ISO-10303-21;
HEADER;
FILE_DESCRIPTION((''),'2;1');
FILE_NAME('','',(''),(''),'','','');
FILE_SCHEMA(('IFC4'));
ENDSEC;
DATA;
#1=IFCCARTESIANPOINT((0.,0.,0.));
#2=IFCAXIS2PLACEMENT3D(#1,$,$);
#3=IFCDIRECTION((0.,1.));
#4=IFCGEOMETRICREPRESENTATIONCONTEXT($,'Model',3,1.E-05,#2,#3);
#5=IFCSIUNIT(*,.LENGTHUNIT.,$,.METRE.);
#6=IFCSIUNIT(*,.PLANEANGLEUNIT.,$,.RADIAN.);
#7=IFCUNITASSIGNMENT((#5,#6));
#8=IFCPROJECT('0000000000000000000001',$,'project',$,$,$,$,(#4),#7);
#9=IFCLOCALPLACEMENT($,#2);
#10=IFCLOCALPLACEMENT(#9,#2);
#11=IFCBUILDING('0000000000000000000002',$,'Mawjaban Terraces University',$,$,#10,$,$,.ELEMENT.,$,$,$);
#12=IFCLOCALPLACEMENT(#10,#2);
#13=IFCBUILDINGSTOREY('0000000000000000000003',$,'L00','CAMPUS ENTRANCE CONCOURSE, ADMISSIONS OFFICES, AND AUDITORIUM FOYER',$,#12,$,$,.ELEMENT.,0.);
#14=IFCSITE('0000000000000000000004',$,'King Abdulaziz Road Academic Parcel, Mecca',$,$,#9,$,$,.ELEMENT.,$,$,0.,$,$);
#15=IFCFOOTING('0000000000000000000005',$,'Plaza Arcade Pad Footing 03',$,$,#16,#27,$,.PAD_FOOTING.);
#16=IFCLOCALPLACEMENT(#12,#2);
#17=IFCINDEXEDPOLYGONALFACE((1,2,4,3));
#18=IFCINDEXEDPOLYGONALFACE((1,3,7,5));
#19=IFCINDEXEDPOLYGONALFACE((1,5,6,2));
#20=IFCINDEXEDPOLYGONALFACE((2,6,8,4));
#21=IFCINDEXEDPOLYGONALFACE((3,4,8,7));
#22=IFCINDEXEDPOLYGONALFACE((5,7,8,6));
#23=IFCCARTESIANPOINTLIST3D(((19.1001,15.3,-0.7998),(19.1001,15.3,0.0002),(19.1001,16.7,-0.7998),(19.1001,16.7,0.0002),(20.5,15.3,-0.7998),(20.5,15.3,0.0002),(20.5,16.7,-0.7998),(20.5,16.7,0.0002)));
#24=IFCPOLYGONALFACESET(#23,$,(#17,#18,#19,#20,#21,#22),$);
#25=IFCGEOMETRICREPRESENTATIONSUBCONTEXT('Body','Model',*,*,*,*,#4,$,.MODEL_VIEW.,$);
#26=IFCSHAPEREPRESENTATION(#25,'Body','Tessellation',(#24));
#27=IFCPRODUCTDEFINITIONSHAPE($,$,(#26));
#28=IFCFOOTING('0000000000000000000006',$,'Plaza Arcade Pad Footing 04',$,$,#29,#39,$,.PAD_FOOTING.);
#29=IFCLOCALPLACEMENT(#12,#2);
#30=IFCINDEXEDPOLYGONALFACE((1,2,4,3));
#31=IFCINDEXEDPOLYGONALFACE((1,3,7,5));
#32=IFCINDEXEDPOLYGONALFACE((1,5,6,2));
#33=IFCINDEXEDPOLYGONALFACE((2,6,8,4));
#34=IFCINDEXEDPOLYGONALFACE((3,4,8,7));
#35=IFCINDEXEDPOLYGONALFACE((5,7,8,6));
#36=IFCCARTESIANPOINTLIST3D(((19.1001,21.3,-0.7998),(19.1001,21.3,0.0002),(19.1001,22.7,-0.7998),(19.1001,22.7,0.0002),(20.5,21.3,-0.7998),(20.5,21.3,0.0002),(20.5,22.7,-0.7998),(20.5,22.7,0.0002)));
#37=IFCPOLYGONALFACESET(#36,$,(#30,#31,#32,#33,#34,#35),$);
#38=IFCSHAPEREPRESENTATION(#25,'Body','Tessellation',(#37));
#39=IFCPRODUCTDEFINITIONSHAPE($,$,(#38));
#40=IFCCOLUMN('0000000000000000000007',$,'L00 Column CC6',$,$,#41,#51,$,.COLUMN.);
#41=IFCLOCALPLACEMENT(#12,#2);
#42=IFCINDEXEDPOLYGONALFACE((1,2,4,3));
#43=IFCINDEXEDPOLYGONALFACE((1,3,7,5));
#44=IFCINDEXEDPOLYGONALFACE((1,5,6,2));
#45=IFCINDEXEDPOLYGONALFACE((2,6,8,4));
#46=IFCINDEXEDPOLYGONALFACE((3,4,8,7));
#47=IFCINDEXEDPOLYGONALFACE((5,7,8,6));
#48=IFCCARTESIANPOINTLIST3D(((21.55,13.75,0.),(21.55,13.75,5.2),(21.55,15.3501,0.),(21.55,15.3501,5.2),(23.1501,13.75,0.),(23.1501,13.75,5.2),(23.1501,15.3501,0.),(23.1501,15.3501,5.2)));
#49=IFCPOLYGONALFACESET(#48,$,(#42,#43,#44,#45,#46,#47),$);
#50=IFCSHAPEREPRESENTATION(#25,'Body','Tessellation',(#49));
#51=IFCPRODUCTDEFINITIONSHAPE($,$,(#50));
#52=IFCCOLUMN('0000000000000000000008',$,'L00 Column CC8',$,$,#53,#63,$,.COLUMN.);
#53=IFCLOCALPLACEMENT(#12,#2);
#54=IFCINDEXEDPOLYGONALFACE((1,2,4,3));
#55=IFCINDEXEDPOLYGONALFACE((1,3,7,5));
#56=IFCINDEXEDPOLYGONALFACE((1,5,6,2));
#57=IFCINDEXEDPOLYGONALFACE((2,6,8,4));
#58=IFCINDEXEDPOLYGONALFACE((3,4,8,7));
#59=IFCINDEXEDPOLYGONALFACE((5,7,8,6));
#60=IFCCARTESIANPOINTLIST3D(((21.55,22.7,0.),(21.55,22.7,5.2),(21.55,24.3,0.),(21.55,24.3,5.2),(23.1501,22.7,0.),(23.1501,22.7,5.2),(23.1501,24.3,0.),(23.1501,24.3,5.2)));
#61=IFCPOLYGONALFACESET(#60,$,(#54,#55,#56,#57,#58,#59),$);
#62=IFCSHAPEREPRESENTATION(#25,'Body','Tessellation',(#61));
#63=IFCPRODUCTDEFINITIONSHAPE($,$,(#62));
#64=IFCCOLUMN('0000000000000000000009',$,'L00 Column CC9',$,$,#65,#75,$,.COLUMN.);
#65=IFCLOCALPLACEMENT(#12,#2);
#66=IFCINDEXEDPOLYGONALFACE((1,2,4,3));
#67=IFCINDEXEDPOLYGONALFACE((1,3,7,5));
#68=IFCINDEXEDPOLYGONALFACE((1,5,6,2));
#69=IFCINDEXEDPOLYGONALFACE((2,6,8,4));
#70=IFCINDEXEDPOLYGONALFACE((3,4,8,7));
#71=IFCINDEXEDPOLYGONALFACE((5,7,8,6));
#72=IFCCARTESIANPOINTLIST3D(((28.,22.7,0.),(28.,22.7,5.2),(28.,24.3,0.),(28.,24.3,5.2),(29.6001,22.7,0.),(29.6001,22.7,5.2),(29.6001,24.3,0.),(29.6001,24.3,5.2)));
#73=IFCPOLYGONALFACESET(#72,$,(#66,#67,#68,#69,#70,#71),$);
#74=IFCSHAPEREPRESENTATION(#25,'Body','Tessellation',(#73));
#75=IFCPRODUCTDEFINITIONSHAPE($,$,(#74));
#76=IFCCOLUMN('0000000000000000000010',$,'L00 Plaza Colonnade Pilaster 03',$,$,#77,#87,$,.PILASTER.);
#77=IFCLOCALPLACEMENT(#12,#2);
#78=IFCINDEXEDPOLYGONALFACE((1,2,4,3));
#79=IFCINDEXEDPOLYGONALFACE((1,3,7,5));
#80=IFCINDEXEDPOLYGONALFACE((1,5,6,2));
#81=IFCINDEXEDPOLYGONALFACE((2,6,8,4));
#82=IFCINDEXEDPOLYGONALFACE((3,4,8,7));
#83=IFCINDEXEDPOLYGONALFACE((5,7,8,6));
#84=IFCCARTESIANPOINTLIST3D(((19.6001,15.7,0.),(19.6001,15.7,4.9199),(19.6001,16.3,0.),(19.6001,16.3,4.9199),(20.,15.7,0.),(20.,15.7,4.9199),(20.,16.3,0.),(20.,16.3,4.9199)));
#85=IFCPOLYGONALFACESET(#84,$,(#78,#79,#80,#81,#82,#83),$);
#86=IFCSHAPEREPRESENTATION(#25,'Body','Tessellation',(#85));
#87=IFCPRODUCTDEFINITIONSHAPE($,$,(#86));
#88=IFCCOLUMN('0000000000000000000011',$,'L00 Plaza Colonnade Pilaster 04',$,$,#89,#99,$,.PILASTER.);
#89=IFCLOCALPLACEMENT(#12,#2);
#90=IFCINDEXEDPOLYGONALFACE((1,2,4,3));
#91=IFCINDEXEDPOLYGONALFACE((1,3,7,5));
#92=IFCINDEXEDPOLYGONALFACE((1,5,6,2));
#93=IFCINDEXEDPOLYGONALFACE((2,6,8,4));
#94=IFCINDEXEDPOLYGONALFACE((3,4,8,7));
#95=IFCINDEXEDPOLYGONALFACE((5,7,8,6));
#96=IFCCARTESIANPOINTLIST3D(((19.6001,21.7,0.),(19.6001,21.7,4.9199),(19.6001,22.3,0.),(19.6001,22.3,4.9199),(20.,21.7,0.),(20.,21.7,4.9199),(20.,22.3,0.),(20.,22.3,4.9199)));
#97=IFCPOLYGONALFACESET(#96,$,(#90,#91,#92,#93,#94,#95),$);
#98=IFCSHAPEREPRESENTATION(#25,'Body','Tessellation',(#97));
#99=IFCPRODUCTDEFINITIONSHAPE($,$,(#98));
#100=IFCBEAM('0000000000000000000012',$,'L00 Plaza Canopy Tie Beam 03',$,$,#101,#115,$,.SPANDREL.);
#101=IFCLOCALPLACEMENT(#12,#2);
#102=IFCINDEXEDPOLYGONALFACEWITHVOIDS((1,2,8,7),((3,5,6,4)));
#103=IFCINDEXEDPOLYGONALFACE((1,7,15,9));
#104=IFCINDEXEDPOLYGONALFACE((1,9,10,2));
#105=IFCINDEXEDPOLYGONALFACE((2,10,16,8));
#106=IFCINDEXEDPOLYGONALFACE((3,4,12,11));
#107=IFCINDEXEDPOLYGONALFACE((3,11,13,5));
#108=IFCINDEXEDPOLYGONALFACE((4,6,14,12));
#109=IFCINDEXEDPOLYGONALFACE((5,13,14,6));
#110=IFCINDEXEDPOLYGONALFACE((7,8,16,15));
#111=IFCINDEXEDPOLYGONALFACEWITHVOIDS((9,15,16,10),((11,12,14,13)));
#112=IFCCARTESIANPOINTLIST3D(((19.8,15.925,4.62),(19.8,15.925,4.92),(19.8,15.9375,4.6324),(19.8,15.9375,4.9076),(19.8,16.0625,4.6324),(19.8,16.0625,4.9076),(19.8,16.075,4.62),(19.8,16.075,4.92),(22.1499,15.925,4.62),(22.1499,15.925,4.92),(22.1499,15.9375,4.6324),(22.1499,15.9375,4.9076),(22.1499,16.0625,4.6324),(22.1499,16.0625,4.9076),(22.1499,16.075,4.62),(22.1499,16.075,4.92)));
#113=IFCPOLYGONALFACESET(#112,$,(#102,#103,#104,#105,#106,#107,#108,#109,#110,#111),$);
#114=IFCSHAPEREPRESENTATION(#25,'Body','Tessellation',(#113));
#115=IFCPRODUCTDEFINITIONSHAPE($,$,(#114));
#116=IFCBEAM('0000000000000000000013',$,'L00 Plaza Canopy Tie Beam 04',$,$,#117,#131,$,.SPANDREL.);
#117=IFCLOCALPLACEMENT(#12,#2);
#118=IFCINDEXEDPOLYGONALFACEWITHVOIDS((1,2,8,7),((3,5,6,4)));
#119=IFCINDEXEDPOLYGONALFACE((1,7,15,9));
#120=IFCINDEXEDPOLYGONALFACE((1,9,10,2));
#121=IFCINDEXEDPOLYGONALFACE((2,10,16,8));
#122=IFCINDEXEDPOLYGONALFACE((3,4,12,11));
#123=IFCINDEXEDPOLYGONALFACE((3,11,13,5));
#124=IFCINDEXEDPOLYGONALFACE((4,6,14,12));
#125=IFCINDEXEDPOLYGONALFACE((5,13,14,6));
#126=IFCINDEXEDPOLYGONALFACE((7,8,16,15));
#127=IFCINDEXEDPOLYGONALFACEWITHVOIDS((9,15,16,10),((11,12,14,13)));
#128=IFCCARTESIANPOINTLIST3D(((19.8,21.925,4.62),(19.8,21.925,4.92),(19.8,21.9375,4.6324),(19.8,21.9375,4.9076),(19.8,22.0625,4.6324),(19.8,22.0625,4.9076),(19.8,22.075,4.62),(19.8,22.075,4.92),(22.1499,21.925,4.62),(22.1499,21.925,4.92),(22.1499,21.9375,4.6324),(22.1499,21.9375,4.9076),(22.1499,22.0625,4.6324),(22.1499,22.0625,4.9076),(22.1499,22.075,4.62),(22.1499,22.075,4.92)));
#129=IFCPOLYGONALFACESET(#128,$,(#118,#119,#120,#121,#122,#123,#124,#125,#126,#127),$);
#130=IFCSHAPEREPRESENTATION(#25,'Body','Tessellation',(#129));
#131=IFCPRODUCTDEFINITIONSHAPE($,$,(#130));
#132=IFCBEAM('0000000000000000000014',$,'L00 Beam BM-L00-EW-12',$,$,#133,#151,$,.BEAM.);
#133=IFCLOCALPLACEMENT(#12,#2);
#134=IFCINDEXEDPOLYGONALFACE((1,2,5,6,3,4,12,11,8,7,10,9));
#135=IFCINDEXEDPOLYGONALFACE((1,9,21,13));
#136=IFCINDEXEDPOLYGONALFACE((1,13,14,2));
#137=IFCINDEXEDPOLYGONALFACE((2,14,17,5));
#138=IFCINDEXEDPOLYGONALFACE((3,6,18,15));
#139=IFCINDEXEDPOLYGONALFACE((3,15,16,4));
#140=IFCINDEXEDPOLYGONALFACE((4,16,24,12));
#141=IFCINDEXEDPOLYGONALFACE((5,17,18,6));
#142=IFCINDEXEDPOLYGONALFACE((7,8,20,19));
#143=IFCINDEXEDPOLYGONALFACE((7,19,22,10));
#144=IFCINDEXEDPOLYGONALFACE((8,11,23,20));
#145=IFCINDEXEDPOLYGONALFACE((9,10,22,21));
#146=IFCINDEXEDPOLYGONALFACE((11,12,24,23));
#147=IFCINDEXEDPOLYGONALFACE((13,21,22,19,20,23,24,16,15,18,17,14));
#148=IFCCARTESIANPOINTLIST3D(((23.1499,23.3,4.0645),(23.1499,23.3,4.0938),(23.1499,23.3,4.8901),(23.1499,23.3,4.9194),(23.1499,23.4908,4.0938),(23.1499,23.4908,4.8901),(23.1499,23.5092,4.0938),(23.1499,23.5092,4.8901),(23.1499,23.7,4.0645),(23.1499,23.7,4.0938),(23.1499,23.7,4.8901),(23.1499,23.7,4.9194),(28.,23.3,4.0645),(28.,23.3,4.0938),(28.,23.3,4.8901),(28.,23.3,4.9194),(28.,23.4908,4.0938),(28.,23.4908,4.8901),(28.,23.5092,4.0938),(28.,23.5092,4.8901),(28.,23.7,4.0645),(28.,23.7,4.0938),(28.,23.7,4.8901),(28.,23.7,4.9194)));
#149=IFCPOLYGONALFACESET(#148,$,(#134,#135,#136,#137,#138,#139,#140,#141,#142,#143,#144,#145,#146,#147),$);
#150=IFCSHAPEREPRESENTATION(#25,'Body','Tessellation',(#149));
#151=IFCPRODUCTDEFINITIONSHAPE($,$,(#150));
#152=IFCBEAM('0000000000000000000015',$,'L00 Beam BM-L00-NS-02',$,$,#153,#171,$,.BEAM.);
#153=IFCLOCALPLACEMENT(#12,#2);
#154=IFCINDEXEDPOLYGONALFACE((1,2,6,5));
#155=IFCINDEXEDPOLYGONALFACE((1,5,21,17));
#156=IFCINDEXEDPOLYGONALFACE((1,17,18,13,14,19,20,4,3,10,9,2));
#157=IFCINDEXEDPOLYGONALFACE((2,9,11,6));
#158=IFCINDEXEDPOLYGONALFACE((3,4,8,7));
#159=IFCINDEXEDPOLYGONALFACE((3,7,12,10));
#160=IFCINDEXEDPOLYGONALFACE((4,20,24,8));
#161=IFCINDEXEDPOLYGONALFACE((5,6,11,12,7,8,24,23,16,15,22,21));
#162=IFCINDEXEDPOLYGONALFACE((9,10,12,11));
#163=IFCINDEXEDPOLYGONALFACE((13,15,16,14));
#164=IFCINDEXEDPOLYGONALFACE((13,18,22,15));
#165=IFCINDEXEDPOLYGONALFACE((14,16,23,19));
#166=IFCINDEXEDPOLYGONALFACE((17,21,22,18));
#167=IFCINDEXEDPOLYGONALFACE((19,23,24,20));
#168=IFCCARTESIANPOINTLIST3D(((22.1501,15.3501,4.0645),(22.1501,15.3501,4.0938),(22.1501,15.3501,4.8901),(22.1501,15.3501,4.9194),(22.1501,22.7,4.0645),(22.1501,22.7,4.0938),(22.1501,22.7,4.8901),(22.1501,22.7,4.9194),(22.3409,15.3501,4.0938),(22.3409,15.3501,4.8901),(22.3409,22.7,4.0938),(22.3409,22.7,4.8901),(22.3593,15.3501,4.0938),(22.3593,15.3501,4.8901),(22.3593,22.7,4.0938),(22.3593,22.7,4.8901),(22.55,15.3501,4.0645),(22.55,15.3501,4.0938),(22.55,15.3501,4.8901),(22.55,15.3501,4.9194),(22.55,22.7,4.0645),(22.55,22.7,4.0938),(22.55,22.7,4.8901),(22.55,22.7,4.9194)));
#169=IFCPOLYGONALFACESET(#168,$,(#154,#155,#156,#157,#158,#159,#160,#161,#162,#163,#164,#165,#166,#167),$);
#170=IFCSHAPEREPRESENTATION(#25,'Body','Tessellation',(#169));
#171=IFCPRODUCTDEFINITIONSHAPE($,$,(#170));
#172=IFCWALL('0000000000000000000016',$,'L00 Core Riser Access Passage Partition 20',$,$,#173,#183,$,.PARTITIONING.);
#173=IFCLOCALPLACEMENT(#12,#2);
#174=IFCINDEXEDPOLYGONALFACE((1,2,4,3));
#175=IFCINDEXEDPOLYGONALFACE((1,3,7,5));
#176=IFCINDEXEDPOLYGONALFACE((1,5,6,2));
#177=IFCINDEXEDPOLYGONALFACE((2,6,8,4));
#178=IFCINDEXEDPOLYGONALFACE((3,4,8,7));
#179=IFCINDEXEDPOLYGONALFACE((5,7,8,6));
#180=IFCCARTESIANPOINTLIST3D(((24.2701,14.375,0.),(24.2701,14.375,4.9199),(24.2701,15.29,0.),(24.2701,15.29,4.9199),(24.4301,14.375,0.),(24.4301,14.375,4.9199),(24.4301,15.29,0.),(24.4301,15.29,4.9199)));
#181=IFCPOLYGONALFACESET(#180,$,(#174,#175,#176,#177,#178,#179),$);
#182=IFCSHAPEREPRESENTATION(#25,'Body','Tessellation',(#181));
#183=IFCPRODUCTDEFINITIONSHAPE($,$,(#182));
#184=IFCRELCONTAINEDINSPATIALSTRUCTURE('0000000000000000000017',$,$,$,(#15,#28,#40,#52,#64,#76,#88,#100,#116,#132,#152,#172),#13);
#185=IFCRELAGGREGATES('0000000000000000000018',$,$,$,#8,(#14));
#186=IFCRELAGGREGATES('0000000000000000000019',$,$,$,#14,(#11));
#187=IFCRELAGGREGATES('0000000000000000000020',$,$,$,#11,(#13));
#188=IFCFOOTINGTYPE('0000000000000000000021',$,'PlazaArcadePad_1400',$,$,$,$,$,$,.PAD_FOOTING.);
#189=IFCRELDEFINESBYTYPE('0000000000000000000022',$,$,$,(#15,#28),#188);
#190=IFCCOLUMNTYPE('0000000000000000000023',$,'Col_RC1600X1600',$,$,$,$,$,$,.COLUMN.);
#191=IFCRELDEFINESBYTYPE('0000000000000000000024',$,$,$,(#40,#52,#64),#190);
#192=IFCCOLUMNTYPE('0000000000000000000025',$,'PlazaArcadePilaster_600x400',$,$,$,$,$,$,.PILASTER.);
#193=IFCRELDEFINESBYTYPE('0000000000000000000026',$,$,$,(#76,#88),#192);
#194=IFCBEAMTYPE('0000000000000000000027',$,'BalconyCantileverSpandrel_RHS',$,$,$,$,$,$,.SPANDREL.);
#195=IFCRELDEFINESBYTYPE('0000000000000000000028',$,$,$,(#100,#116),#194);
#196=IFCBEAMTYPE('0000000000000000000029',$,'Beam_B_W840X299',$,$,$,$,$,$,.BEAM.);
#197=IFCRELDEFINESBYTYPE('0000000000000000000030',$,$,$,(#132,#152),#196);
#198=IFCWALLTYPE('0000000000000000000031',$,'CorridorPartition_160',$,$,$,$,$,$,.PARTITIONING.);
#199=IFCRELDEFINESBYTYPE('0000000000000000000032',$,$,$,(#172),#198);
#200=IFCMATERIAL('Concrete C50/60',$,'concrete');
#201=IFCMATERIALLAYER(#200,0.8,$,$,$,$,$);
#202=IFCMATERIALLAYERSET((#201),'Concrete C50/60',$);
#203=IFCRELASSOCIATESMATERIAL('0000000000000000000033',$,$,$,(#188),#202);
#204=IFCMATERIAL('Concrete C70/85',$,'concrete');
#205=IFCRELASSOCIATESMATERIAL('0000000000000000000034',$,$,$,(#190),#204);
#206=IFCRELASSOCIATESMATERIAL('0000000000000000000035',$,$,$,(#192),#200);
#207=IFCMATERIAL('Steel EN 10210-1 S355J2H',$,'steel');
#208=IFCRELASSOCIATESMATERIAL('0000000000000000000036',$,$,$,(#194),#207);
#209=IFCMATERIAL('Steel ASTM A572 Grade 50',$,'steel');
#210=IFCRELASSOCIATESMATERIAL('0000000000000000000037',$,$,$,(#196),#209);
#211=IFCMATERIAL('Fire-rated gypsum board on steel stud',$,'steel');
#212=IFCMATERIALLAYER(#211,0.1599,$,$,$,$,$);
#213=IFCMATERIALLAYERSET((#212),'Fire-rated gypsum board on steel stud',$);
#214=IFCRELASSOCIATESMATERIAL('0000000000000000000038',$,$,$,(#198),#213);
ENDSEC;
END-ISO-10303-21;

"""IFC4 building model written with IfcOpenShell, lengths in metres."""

from ifc_helpers import new_model, si_unit, direction, frame, frame_2d, origin, origin_2d, place, context, subcontext, project, spatial, rectangle, hollow_rectangle, i_section, extrude, material, layer, layer_set, material_profile, profile_set, type_object, element, save


model = new_model("IFC4")

# Units and contexts
model_context = context("Model", 3, precision=1e-05, world=origin(), true_north=direction((0.0, 1.0)))
body_context = subcontext(model_context, "Body", "Model", "MODEL_VIEW")
ifc_project = project(units=[si_unit("LENGTHUNIT", "METRE"), si_unit("PLANEANGLEUNIT", "RADIAN")], contexts=[model_context])

# Site, building, storey
site_placement = place(None, origin())
site = spatial("IfcSite", under=ifc_project, at=site_placement, Name="King Abdulaziz Road Academic Parcel, Mecca", CompositionType="ELEMENT", RefElevation=0.0)
building_placement = place(site_placement, origin())
building = spatial("IfcBuilding", under=site, at=building_placement, Name="Mawjaban Terraces University", CompositionType="ELEMENT")
storey_placement = place(building_placement, origin())
storey = spatial("IfcBuildingStorey", under=building, at=storey_placement, Name="L00", Description="CAMPUS ENTRANCE CONCOURSE, ADMISSIONS OFFICES, AND AUDITORIUM FOYER", CompositionType="ELEMENT", Elevation=0.0)

# Footings
ifc_material_1 = material(Name="Concrete C50/60", Category="concrete")
ifc_layer_1 = layer(ifc_material_1, 0.8)
ifc_layer_set_1 = layer_set([ifc_layer_1], Name="Concrete C50/60")
footing_type = type_object("IfcFootingType", Name="PlazaArcadePad_1400", PredefinedType="PAD_FOOTING", material=ifc_layer_set_1)
for number, where, z_axis, x_axis, name in (
    (1, (19.8, 16.0, -0.7998), (0.0, 0.0, 1.0), (1.0, 0.0, 0.0), "Plaza Arcade Pad Footing 03"),
    (2, (19.8, 22.0, -0.7998), (0.0, 0.0, 1.0), (1.0, 0.0, 0.0), "Plaza Arcade Pad Footing 04"),
):
    element("IfcFooting", number, at=place(storey_placement, frame(where, z_axis=z_axis, x_axis=x_axis)), inside=storey, type_object=footing_type, Name=name, PredefinedType="PAD_FOOTING", context=body_context, shape_type="SweptSolid", body=[
        extrude(rectangle(XDim=1.3999, YDim=1.3999, at=origin_2d()), origin(), (0.0, 0.0, 1.0), 0.8),
    ])

# Columns
ifc_material_2 = material(Name="Concrete C70/85", Category="concrete")
ifc_material_profile_1 = material_profile(ifc_material_2, rectangle(XDim=1.6001, YDim=1.6001, at=origin_2d()), Name="RC1600X1600")
ifc_profile_set_1 = profile_set([ifc_material_profile_1], Name="Concrete C70/85")
column_type_1 = type_object("IfcColumnType", Name="Col_RC1600X1600", PredefinedType="COLUMN", material=ifc_profile_set_1)
for number, where, z_axis, x_axis, name in (
    (3, (22.3501, 14.55, 0.0), (0.0, 0.0, 1.0), (1.0, 0.0, 0.0), "L00 Column CC6"),
    (4, (22.3501, 23.5, 0.0), (0.0, 0.0, 1.0), (1.0, 0.0, 0.0), "L00 Column CC8"),
    (5, (28.8, 23.5, 0.0), (0.0, 0.0, 1.0), (1.0, 0.0, 0.0), "L00 Column CC9"),
):
    element("IfcColumn", number, at=place(storey_placement, frame(where, z_axis=z_axis, x_axis=x_axis)), inside=storey, type_object=column_type_1, Name=name, PredefinedType="COLUMN", context=body_context, shape_type="SweptSolid", body=[
        extrude(rectangle(XDim=1.6001, YDim=1.6001, at=origin_2d()), origin(), (0.0, 0.0, 1.0), 5.2),
    ])
ifc_material_profile_2 = material_profile(ifc_material_1, rectangle(XDim=0.3999, YDim=0.6001, at=origin_2d()), Name="PIL600X400")
ifc_profile_set_2 = profile_set([ifc_material_profile_2], Name="Concrete C50/60")
column_type_2 = type_object("IfcColumnType", Name="PlazaArcadePilaster_600x400", PredefinedType="PILASTER", material=ifc_profile_set_2)
for number, where, z_axis, x_axis, name in (
    (6, (19.8, 16.0, 0.0), (0.0, 0.0, 1.0), (1.0, 0.0, 0.0), "L00 Plaza Colonnade Pilaster 03"),
    (7, (19.8, 22.0, 0.0), (0.0, 0.0, 1.0), (1.0, 0.0, 0.0), "L00 Plaza Colonnade Pilaster 04"),
):
    element("IfcColumn", number, at=place(storey_placement, frame(where, z_axis=z_axis, x_axis=x_axis)), inside=storey, type_object=column_type_2, Name=name, PredefinedType="PILASTER", context=body_context, shape_type="SweptSolid", body=[
        extrude(rectangle(XDim=0.3999, YDim=0.6001, at=origin_2d()), origin(), (0.0, 0.0, 1.0), 4.9199),
    ])

# Beams
ifc_material_3 = material(Name="Steel EN 10210-1 S355J2H", Category="steel")
ifc_material_profile_3 = material_profile(ifc_material_3, hollow_rectangle(XDim=0.1499, YDim=0.3, WallThickness=0.0125, at=origin_2d()), Name="RHS300X150X12.5")
ifc_profile_set_3 = profile_set([ifc_material_profile_3], Name="Steel EN 10210-1 S355J2H")
beam_type_1 = type_object("IfcBeamType", Name="BalconyCantileverSpandrel_RHS", PredefinedType="SPANDREL", material=ifc_profile_set_3)
for number, where, z_axis, x_axis, name in (
    (8, (19.8, 16.0, 4.77), (1.0, 0.0, 0.0), (0.0, 1.0, 0.0), "L00 Plaza Canopy Tie Beam 03"),
    (9, (19.8, 22.0, 4.77), (1.0, 0.0, 0.0), (0.0, 1.0, 0.0), "L00 Plaza Canopy Tie Beam 04"),
):
    element("IfcBeam", number, at=place(storey_placement, frame(where, z_axis=z_axis, x_axis=x_axis)), inside=storey, type_object=beam_type_1, Name=name, PredefinedType="SPANDREL", context=body_context, shape_type="SweptSolid", body=[
        extrude(hollow_rectangle(XDim=0.1499, YDim=0.3, WallThickness=0.0125, at=origin_2d()), origin(), (0.0, 0.0, 1.0), 2.3499),
    ])
ifc_material_4 = material(Name="Steel ASTM A572 Grade 50", Category="steel")
ifc_material_profile_4 = material_profile(ifc_material_4, i_section(OverallWidth=0.3999, OverallDepth=0.855, WebThickness=0.0183, FlangeThickness=0.0293, at=origin_2d()), Name="W840X299")
ifc_profile_set_4 = profile_set([ifc_material_profile_4], Name="Steel ASTM A572 Grade 50")
beam_type_2 = type_object("IfcBeamType", Name="Beam_B_W840X299", PredefinedType="BEAM", material=ifc_profile_set_4)
beam_1_placement = place(storey_placement, frame((23.1499, 23.5, 4.4919), z_axis=(1.0, 0.0, 0.0), x_axis=(0.0, 1.0, 0.0)))
element("IfcBeam", 10, at=beam_1_placement, inside=storey, type_object=beam_type_2, Name="L00 Beam BM-L00-EW-12", PredefinedType="BEAM", context=body_context, shape_type="SweptSolid", body=[
    extrude(i_section(OverallWidth=0.3999, OverallDepth=0.855, WebThickness=0.0183, FlangeThickness=0.0293, at=origin_2d()), origin(), (0.0, 0.0, 1.0), 4.8501),
])
beam_2_placement = place(storey_placement, frame((22.3501, 15.3501, 4.4919), z_axis=(0.0, 1.0, 0.0), x_axis=(-1.0, 0.0, 0.0)))
element("IfcBeam", 11, at=beam_2_placement, inside=storey, type_object=beam_type_2, Name="L00 Beam BM-L00-NS-02", PredefinedType="BEAM", context=body_context, shape_type="SweptSolid", body=[
    extrude(i_section(OverallWidth=0.3999, OverallDepth=0.855, WebThickness=0.0183, FlangeThickness=0.0293, at=origin_2d()), origin(), (0.0, 0.0, 1.0), 7.3499),
])

# Wall
ifc_material_5 = material(Name="Fire-rated gypsum board on steel stud", Category="steel")
ifc_layer_2 = layer(ifc_material_5, 0.1599)
ifc_layer_set_2 = layer_set([ifc_layer_2], Name="Fire-rated gypsum board on steel stud")
wall_type_1 = type_object("IfcWallType", Name="CorridorPartition_160", PredefinedType="PARTITIONING", material=ifc_layer_set_2)
wall_1_placement = place(storey_placement, frame((24.3501, 15.29, 0.0), z_axis=(0.0, 0.0, 1.0), x_axis=(0.0, -1.0, 0.0)))
element("IfcWall", 12, at=wall_1_placement, inside=storey, type_object=wall_type_1, Name="L00 Core Riser Access Passage Partition 20", PredefinedType="PARTITIONING", context=body_context, shape_type="SweptSolid", body=[
    extrude(rectangle(XDim=0.915, YDim=0.1599, at=frame_2d((0.4575, 0.0))), origin(), (0.0, 0.0, 1.0), 4.9199),
])

save(model, "model.ifc")
